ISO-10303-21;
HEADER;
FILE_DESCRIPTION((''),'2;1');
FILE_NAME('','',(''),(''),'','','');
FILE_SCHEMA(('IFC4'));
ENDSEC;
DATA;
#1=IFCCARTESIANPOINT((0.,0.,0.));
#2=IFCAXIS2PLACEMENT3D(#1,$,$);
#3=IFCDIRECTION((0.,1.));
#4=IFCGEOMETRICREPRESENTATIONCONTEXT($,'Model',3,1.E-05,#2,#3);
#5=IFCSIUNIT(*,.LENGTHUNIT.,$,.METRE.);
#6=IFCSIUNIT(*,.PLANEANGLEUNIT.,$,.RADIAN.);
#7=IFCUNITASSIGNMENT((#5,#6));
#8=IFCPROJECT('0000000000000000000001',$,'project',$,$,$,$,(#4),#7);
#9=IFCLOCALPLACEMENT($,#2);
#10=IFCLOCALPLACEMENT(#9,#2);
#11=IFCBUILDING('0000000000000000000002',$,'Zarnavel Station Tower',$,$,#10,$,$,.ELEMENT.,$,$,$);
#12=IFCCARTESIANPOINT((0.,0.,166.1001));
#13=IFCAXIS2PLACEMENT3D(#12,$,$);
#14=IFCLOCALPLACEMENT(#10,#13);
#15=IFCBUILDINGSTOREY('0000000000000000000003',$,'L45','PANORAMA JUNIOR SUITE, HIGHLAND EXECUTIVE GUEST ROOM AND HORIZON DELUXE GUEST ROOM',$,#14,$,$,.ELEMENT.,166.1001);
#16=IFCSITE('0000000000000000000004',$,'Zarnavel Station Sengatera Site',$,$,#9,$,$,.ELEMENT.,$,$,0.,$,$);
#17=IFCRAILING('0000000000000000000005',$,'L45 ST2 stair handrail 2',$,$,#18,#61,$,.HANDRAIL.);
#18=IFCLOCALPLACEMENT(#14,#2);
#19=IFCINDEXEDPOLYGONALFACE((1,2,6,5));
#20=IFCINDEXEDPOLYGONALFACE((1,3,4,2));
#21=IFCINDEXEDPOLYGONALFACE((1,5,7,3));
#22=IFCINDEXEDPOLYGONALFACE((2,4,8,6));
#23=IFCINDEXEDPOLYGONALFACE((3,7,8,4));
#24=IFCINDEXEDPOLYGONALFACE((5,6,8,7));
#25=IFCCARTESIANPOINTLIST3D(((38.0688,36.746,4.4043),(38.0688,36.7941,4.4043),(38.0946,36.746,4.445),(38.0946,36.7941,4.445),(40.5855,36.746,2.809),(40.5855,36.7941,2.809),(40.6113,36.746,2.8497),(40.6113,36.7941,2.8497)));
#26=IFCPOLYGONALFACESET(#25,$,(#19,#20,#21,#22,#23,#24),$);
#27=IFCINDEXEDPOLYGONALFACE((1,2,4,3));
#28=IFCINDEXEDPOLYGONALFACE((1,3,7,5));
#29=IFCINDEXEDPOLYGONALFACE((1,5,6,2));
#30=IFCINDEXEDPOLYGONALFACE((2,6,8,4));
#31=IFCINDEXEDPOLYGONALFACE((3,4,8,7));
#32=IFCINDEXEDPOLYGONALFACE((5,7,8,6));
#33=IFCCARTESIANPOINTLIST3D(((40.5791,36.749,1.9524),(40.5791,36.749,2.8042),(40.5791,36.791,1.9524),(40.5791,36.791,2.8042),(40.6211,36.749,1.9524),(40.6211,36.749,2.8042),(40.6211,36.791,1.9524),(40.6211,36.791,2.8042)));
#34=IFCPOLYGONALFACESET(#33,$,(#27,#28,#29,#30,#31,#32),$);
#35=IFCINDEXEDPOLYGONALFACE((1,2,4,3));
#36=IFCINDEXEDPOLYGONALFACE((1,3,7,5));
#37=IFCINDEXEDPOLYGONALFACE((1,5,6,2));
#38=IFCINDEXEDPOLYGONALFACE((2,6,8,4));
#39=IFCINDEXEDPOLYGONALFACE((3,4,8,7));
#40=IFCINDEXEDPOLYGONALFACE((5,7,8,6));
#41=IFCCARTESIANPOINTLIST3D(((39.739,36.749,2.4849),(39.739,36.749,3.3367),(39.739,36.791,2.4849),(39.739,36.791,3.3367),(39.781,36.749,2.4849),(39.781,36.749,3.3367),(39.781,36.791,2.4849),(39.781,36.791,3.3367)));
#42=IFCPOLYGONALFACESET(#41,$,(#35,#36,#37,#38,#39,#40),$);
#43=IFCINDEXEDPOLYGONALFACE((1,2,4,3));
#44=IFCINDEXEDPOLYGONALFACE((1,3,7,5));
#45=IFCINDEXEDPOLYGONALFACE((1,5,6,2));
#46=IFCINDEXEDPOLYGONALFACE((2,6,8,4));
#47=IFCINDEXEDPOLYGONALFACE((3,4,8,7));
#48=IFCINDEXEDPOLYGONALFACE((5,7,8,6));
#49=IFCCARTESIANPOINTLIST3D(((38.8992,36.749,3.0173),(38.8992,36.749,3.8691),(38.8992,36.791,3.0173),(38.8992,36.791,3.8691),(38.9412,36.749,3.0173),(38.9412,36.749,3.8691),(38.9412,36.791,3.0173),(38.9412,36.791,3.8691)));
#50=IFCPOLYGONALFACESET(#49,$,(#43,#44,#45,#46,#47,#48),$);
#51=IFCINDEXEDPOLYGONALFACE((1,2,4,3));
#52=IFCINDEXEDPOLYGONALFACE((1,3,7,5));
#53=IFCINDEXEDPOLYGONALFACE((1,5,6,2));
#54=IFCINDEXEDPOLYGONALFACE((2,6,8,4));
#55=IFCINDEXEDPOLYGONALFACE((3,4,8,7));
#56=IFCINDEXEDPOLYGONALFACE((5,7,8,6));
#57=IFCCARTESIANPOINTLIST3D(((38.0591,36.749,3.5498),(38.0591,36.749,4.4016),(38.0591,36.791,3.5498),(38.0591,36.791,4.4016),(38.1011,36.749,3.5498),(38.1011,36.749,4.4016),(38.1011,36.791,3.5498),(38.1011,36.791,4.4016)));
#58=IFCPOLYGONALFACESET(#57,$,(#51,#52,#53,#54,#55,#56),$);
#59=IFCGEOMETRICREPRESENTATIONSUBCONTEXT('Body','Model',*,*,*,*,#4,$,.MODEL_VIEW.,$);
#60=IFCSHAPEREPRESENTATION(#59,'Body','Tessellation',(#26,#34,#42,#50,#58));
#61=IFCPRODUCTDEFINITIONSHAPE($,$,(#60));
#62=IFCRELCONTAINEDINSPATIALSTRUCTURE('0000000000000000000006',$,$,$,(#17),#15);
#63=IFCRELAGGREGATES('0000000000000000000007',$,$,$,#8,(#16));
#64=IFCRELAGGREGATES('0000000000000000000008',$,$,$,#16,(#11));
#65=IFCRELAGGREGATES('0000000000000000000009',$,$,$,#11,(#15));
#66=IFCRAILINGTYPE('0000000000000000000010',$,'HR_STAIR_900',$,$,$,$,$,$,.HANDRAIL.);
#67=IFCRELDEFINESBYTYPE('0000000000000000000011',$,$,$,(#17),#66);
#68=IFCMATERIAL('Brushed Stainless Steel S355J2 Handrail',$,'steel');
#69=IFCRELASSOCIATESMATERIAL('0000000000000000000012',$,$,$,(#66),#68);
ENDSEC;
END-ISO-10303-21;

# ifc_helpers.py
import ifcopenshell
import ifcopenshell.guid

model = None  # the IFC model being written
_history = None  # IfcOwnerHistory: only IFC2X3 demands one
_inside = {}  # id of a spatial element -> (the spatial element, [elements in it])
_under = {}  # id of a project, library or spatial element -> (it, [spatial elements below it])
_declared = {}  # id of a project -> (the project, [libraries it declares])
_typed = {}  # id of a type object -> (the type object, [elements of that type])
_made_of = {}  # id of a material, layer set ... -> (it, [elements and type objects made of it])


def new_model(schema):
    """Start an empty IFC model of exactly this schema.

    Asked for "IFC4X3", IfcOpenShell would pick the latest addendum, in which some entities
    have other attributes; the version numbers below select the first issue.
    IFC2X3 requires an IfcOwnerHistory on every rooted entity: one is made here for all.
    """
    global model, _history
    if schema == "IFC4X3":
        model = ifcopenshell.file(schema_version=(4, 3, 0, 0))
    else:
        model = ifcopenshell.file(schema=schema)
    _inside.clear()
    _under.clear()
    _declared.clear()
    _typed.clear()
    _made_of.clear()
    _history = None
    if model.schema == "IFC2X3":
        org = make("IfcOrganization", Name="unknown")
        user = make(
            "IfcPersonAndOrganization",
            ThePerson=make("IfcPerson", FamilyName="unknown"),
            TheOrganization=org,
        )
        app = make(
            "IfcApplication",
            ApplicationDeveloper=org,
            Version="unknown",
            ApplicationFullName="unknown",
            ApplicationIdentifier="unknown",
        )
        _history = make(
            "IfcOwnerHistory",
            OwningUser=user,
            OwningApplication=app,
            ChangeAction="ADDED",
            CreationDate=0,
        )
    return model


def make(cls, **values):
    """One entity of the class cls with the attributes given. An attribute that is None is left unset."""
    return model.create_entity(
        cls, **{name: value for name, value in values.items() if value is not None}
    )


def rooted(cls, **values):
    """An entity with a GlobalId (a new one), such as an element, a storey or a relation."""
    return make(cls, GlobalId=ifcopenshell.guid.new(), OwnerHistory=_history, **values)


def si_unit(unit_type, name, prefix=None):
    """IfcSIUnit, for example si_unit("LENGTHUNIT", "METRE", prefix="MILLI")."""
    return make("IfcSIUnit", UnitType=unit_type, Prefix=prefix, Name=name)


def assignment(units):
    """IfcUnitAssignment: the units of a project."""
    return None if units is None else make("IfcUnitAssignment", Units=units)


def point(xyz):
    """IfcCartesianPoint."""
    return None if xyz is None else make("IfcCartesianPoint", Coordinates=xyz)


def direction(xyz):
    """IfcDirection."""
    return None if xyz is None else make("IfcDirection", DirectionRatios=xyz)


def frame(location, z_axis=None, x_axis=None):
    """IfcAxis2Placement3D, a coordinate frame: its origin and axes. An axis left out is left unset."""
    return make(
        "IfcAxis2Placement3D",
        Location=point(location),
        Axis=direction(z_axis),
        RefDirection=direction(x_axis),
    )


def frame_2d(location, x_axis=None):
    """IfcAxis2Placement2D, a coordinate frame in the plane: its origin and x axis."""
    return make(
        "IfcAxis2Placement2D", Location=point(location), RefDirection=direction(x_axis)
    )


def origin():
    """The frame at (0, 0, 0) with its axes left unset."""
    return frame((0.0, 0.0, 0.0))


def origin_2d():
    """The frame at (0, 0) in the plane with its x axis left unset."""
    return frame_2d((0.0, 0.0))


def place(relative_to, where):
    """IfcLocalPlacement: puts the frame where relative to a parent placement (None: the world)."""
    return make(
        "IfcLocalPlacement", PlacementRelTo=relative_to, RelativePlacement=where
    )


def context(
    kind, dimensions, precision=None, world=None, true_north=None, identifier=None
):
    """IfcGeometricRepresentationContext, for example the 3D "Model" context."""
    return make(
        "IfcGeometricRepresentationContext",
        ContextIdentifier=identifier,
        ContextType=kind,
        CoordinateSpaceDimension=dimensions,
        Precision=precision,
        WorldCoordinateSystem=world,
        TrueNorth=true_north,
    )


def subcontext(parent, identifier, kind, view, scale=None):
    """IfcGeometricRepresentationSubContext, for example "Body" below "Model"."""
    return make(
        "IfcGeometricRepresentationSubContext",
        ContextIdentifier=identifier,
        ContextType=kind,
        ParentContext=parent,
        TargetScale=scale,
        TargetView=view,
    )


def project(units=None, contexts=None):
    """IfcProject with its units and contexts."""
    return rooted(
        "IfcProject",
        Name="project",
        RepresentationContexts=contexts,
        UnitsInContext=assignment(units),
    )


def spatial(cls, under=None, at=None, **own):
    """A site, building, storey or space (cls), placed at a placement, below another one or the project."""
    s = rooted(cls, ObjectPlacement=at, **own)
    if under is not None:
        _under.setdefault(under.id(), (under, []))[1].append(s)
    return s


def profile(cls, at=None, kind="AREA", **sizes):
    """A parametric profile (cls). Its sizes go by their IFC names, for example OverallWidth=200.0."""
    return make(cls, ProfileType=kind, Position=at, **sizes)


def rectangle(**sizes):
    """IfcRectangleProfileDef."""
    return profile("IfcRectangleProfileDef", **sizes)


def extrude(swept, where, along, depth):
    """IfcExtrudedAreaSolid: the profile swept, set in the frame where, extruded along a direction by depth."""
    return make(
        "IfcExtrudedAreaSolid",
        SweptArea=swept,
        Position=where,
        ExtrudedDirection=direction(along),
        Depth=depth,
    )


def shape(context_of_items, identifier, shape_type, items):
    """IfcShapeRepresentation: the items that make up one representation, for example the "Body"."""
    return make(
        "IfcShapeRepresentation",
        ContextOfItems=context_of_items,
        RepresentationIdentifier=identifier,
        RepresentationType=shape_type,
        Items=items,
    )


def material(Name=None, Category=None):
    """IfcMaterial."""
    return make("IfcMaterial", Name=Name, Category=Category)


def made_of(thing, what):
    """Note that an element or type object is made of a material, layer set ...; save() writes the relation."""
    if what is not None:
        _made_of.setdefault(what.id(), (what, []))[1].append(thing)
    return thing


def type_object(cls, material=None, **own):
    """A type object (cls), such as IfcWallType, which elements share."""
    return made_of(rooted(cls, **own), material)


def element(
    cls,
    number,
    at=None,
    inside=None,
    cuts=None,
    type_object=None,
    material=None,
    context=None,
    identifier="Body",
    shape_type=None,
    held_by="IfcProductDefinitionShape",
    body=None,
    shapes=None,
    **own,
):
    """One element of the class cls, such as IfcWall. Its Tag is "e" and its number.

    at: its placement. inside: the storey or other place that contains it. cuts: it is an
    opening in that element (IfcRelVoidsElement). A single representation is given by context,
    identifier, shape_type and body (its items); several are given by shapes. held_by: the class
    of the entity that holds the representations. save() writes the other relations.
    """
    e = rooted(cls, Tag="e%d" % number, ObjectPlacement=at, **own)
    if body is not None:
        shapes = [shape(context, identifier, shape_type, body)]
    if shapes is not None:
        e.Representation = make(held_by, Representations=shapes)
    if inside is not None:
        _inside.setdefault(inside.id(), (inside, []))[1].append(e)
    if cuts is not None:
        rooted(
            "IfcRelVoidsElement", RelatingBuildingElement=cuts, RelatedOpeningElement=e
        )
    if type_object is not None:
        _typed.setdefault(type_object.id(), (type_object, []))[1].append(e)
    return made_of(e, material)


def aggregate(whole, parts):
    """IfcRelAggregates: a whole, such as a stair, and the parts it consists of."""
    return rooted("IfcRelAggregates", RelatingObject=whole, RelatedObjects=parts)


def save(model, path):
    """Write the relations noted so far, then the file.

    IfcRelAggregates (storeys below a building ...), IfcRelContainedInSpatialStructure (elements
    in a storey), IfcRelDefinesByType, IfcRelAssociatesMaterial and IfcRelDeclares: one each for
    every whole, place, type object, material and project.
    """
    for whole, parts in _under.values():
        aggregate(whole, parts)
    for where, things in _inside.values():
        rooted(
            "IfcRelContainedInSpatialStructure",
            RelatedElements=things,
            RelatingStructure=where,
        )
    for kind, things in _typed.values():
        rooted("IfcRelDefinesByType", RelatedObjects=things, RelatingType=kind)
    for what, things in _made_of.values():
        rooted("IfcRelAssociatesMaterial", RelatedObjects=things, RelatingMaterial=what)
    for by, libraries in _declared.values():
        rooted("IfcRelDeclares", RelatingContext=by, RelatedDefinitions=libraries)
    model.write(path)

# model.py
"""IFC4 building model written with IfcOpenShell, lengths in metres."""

from ifc_helpers import new_model, si_unit, direction, frame, origin, origin_2d, place, context, subcontext, project, spatial, rectangle, extrude, material, type_object, element, save


model = new_model("IFC4")

# Units and contexts
model_context = context("Model", 3, precision=1e-05, world=origin(), true_north=direction((0.0, 1.0)))
body_context = subcontext(model_context, "Body", "Model", "MODEL_VIEW")
ifc_project = project(units=[si_unit("LENGTHUNIT", "METRE"), si_unit("PLANEANGLEUNIT", "RADIAN")], contexts=[model_context])

# Site, building, storey
site_placement = place(None, origin())
site = spatial("IfcSite", under=ifc_project, at=site_placement, Name="Zarnavel Station Sengatera Site", CompositionType="ELEMENT", RefElevation=0.0)
building_placement = place(site_placement, origin())
building = spatial("IfcBuilding", under=site, at=building_placement, Name="Zarnavel Station Tower", CompositionType="ELEMENT")
storey_placement = place(building_placement, frame((0.0, 0.0, 166.1001)))
storey = spatial("IfcBuildingStorey", under=building, at=storey_placement, Name="L45", Description="PANORAMA JUNIOR SUITE, HIGHLAND EXECUTIVE GUEST ROOM AND HORIZON DELUXE GUEST ROOM", CompositionType="ELEMENT", Elevation=166.1001)

# Railing
ifc_material_1 = material(Name="Brushed Stainless Steel S355J2 Handrail", Category="steel")
railing_type_1 = type_object("IfcRailingType", Name="HR_STAIR_900", PredefinedType="HANDRAIL", material=ifc_material_1)
railing_1_placement = place(storey_placement, frame((40.6001, 36.77, 1.9524)))
element("IfcRailing", 1, at=railing_1_placement, inside=storey, type_object=railing_type_1, Name="L45 ST2 stair handrail 2", PredefinedType="HANDRAIL", context=body_context, shape_type="SweptSolid", body=[
    extrude(rectangle(XDim=0.0481, YDim=0.0481, at=origin_2d()), frame((-0.0017, 0.0, 0.877), z_axis=(-0.844607, 0.0, 0.535387), x_axis=(0.0, -1.0, 0.0)), (0.0, 0.0, 1.0), 2.9797),
    extrude(rectangle(XDim=0.042, YDim=0.042, at=origin_2d()), origin(), (0.0, 0.0, 1.0), 0.8518),
    extrude(rectangle(XDim=0.042, YDim=0.042, at=origin_2d()), frame((-0.8401, 0.0, 0.5325)), (0.0, 0.0, 1.0), 0.8518),
    extrude(rectangle(XDim=0.042, YDim=0.042, at=origin_2d()), frame((-1.6799, 0.0, 1.0649)), (0.0, 0.0, 1.0), 0.8518),
    extrude(rectangle(XDim=0.042, YDim=0.042, at=origin_2d()), frame((-2.52, 0.0, 1.5974)), (0.0, 0.0, 1.0), 0.8518),
])

save(model, "model.ifc")
